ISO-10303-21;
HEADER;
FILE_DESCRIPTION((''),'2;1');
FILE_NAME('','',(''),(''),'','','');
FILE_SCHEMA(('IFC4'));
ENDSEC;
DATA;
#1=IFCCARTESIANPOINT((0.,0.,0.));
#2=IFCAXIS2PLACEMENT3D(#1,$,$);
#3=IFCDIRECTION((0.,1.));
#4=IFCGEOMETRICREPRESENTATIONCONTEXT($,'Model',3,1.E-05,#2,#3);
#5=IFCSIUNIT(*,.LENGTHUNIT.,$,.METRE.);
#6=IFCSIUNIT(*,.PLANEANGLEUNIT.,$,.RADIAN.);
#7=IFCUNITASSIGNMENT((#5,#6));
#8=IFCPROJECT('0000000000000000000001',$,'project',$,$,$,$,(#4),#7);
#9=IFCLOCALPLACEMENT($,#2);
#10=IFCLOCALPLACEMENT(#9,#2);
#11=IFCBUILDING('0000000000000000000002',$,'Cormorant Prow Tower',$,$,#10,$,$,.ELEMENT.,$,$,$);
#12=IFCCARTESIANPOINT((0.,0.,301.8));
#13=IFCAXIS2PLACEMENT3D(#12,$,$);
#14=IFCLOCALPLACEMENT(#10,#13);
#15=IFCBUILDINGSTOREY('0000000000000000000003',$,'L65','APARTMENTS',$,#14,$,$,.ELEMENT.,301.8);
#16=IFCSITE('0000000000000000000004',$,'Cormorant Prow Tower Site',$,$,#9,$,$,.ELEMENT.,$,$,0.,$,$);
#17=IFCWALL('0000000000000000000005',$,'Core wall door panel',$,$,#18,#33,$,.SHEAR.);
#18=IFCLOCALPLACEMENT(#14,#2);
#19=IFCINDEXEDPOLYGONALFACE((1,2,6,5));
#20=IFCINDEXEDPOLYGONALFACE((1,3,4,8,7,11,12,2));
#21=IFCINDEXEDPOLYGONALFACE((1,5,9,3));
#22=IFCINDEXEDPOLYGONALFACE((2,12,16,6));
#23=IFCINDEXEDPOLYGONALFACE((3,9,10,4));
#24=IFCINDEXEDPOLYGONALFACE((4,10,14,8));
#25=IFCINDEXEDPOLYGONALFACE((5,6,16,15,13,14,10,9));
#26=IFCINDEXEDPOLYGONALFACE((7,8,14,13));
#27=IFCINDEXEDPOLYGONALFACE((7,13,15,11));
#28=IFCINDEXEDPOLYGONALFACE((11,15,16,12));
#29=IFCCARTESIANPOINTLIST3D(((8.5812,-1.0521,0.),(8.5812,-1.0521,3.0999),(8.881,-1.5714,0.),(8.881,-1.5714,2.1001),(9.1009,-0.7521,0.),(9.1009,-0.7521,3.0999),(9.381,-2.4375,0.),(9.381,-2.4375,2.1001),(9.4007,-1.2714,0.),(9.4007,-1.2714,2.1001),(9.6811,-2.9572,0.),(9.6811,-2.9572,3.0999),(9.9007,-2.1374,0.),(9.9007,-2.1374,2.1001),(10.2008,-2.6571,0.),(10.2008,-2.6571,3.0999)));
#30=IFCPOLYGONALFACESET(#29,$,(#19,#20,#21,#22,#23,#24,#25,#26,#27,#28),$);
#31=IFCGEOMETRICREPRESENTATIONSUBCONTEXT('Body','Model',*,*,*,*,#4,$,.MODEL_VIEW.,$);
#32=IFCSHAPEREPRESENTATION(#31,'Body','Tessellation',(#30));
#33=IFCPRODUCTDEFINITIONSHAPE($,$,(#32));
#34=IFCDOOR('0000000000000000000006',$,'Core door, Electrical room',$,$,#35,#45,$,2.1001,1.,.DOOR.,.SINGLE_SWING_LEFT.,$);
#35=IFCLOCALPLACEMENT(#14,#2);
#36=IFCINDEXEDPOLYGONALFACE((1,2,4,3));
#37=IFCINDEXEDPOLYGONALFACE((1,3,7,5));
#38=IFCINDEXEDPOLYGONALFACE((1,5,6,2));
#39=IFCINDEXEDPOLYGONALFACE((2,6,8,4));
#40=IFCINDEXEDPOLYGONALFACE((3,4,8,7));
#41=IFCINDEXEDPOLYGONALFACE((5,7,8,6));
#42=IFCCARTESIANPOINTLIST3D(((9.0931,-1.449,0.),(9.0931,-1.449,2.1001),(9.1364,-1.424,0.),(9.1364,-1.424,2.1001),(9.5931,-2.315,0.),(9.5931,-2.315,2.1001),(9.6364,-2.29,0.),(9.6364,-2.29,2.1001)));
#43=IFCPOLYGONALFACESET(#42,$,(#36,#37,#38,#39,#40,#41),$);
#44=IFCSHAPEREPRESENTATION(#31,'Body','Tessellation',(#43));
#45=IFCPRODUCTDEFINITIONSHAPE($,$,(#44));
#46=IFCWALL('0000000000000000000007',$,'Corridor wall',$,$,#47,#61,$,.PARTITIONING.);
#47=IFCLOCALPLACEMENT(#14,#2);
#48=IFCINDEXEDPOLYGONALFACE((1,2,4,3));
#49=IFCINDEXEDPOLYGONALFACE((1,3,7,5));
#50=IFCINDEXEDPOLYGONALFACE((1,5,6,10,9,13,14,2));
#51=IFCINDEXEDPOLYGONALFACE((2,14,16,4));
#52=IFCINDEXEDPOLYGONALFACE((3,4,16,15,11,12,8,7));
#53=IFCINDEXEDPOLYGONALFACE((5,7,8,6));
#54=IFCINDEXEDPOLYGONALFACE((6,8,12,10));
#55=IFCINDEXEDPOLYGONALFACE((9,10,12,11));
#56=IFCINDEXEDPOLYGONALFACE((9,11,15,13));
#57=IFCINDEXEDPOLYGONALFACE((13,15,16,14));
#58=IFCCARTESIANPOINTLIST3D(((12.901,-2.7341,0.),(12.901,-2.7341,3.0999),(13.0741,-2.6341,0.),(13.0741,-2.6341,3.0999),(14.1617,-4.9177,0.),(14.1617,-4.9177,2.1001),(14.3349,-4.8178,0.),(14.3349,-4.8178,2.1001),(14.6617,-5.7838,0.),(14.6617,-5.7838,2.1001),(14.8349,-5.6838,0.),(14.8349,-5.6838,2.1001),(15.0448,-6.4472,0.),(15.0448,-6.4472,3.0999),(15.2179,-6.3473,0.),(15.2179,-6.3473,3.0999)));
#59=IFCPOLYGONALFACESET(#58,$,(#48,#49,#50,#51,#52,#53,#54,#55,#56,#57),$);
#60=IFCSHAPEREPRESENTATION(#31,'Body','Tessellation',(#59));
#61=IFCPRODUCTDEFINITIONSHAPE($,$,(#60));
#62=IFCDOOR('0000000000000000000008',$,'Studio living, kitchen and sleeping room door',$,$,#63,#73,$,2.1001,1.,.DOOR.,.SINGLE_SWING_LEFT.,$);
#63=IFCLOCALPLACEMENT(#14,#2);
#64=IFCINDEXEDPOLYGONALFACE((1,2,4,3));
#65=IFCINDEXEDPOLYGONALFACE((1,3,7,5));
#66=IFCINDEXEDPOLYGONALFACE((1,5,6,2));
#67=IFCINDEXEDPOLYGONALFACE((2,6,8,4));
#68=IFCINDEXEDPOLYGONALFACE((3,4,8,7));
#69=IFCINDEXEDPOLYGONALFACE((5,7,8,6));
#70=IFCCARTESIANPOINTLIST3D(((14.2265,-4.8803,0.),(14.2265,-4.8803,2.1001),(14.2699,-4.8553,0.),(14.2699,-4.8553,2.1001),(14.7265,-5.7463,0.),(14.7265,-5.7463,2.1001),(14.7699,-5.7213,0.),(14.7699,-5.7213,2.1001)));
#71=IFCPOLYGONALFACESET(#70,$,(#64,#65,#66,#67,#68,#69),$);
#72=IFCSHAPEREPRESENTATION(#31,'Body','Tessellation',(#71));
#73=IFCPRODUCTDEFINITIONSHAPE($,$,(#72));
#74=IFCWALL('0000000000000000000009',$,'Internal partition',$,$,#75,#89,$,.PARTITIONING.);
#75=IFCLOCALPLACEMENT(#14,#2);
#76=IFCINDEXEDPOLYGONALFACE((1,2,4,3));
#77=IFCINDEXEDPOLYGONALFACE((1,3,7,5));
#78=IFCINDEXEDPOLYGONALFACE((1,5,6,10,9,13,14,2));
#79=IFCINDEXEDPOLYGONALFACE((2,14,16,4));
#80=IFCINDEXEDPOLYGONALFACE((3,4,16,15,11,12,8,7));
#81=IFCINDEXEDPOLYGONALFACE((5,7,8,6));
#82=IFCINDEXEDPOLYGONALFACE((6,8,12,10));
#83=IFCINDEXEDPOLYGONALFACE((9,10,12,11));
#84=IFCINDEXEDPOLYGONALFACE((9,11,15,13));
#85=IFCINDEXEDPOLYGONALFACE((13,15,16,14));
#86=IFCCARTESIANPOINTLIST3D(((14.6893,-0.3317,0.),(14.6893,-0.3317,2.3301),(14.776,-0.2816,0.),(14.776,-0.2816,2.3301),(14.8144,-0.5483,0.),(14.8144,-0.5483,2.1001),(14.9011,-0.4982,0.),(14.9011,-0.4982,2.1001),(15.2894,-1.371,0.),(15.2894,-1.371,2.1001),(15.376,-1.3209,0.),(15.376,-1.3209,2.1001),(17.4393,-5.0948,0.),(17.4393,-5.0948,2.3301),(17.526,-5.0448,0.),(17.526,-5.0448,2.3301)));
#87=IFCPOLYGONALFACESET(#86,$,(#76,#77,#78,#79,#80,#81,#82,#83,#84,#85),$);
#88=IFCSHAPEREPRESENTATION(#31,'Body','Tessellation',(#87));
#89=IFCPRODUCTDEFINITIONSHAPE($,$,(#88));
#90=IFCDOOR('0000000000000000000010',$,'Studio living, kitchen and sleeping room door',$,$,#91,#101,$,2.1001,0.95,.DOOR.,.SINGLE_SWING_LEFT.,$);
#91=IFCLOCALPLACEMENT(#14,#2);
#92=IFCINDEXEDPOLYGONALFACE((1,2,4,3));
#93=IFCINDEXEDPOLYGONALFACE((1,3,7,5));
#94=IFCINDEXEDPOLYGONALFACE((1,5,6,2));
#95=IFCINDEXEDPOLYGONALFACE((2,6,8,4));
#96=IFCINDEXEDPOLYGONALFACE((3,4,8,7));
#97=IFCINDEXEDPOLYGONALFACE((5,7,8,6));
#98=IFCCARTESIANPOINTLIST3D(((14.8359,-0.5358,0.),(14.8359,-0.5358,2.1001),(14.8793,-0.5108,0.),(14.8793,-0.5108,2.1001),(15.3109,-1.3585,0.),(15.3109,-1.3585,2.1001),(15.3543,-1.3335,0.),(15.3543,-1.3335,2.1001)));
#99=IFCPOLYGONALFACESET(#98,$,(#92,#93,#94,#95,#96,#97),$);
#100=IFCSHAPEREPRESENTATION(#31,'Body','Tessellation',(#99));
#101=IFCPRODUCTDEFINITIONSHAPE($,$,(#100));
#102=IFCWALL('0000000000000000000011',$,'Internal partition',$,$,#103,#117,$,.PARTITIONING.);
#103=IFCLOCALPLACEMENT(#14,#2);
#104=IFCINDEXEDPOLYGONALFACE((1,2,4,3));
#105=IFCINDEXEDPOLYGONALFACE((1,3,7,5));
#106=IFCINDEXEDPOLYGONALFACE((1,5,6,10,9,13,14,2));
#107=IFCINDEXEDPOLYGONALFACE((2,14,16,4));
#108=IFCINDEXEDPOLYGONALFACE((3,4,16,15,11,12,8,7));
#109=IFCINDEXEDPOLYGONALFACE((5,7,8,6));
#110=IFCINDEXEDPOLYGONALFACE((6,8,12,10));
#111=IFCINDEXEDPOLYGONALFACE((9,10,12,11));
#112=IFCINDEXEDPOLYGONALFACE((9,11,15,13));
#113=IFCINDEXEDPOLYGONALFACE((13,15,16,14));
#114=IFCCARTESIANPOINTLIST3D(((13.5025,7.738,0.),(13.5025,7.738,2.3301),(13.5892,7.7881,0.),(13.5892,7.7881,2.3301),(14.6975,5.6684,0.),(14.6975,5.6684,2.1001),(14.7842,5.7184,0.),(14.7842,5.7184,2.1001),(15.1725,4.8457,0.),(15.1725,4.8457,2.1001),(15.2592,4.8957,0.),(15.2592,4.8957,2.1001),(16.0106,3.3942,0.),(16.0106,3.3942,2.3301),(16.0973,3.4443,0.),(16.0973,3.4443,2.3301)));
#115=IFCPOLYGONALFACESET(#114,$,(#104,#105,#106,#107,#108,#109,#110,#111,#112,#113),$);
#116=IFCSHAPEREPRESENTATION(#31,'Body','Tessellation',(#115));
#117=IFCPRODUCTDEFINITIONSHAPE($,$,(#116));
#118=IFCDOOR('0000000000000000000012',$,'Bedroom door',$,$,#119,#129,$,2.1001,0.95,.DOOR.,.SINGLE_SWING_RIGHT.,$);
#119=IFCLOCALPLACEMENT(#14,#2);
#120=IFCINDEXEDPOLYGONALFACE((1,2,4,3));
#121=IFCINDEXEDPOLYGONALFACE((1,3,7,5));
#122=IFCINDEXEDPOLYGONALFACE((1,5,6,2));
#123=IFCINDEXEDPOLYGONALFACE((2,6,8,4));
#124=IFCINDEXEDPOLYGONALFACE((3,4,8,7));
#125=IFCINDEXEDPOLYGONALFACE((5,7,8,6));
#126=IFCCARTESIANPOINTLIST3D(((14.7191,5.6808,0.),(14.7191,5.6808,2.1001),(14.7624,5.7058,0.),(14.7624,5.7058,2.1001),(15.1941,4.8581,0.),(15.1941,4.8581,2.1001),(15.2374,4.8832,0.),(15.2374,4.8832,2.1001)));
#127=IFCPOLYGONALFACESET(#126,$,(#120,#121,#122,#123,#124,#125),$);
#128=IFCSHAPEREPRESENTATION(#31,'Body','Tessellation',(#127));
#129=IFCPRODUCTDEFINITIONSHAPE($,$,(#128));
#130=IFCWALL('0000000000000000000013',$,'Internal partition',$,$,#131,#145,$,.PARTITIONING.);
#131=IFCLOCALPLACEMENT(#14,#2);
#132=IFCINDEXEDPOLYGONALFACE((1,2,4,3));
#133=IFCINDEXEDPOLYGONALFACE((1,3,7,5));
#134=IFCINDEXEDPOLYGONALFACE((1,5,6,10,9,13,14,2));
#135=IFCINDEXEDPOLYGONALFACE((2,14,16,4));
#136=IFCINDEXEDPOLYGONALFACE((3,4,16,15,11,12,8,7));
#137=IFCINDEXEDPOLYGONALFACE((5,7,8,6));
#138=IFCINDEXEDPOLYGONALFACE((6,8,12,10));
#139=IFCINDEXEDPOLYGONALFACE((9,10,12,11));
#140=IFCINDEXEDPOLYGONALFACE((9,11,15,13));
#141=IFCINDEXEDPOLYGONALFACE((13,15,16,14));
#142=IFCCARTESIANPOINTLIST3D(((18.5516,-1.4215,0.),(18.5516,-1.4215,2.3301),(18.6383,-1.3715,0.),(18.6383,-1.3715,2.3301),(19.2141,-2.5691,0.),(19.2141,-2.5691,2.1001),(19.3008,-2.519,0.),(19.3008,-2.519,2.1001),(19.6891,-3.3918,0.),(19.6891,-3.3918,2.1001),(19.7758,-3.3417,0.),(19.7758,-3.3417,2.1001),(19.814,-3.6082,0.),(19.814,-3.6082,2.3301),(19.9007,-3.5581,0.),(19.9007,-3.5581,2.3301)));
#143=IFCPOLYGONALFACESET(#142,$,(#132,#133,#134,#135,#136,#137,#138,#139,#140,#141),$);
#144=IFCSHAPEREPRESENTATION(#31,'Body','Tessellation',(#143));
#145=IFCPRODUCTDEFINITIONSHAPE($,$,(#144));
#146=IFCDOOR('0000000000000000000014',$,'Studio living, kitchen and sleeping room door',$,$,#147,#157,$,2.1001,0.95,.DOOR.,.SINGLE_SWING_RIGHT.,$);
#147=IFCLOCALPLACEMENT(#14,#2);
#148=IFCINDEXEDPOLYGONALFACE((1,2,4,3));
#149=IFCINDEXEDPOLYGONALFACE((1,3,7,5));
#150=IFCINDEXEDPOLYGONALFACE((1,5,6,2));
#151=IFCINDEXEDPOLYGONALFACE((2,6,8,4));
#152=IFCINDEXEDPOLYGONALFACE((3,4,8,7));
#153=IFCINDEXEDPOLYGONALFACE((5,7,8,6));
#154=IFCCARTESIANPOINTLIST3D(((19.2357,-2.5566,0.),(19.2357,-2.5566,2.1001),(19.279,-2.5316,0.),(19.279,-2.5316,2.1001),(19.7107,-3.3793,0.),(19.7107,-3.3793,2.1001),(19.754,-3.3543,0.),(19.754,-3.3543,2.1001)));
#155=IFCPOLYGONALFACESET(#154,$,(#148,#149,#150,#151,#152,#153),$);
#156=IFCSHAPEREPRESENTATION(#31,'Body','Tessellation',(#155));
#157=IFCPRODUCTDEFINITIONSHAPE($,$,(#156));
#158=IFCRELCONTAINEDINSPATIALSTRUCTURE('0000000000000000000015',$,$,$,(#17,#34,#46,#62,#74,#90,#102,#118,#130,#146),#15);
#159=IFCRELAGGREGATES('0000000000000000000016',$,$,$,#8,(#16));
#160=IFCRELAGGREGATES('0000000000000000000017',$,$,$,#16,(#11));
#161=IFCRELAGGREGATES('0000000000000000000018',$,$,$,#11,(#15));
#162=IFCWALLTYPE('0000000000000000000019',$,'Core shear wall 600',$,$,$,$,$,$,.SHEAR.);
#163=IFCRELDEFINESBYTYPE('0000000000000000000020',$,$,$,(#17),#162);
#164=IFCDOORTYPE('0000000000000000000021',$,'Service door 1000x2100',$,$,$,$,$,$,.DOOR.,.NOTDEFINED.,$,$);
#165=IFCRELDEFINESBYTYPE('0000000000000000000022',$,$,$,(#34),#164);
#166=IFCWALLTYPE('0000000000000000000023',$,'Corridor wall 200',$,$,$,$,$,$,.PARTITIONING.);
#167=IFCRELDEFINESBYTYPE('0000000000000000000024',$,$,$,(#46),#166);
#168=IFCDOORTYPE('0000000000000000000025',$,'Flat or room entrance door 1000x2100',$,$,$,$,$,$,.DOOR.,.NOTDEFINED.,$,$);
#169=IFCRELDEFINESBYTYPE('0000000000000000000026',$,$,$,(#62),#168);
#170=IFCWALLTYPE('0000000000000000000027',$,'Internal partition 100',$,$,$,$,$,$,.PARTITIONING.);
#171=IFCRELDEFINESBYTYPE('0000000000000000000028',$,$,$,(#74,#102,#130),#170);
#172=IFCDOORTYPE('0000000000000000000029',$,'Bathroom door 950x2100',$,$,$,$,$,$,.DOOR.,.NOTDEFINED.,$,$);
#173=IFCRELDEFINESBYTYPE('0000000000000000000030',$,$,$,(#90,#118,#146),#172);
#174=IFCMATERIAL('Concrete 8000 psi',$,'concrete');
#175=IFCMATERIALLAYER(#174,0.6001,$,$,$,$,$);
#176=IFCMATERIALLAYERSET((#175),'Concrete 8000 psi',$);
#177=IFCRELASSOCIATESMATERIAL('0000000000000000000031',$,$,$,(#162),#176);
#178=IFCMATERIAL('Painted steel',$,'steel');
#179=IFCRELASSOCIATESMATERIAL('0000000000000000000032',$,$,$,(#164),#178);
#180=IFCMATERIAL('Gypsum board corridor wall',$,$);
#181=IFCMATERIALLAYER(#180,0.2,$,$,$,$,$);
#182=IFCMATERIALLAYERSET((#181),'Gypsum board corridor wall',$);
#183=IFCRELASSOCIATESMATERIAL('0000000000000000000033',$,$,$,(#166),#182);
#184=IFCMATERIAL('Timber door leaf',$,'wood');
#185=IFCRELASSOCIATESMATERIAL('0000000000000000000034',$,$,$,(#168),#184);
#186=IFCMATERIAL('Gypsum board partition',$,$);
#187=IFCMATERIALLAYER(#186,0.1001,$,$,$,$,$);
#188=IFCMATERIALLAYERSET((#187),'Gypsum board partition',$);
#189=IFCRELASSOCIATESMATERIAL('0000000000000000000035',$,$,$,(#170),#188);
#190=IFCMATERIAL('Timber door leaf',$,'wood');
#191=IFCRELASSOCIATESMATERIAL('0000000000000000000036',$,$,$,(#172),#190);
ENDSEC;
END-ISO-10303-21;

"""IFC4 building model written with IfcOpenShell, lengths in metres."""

from ifc_helpers import new_model, si_unit, direction, frame, frame_2d, origin, place, context, subcontext, project, spatial, rectangle, extrude, material, layer, layer_set, type_object, element, fill, save


model = new_model("IFC4")

# Units and contexts
model_context = context("Model", 3, precision=1e-05, world=origin(), true_north=direction((0.0, 1.0)))
body_context = subcontext(model_context, "Body", "Model", "MODEL_VIEW")
ifc_project = project(units=[si_unit("LENGTHUNIT", "METRE"), si_unit("PLANEANGLEUNIT", "RADIAN")], contexts=[model_context])

# Site, building, storey
site_placement = place(None, origin())
site = spatial("IfcSite", under=ifc_project, at=site_placement, Name="Cormorant Prow Tower Site", CompositionType="ELEMENT", RefElevation=0.0)
building_placement = place(site_placement, origin())
building = spatial("IfcBuilding", under=site, at=building_placement, Name="Cormorant Prow Tower", CompositionType="ELEMENT")
storey_placement = place(building_placement, frame((0.0, 0.0, 301.8)))
storey = spatial("IfcBuildingStorey", under=building, at=storey_placement, Name="L65", Description="APARTMENTS", CompositionType="ELEMENT", Elevation=301.8)

# Walls, openings, doors
ifc_material_1 = material(Name="Concrete 8000 psi", Category="concrete")
ifc_layer_1 = layer(ifc_material_1, 0.6001)
ifc_layer_set_1 = layer_set([ifc_layer_1], Name="Concrete 8000 psi")
wall_type_1 = type_object("IfcWallType", Name="Core shear wall 600", PredefinedType="SHEAR", material=ifc_layer_set_1)
wall_1_placement = place(storey_placement, frame((9.9409, -2.8071, 0.0), z_axis=(0.0, 0.0, 1.0), x_axis=(-0.499995, 0.866028, 0.0)))
wall_1 = element("IfcWall", 1, at=wall_1_placement, inside=storey, type_object=wall_type_1, Name="Core wall door panel", PredefinedType="SHEAR", context=body_context, shape_type="SweptSolid", body=[
    extrude(rectangle(XDim=2.1997, YDim=0.6001, at=frame_2d((1.0999, 0.0))), origin(), (0.0, 0.0, 1.0), 3.0999),
])
opening_1_placement = place(wall_1_placement, frame((0.6001, 0.0, 0.0)))
opening_1 = element("IfcOpeningElement", 2, at=opening_1_placement, cuts=wall_1, PredefinedType="OPENING", context=body_context, shape_type="SweptSolid", body=[
    extrude(rectangle(XDim=1.0, YDim=2.1001, at=frame_2d((0.5, 1.05))), frame((0.0, 0.3101, 0.0), z_axis=(0.0, -1.0, 0.0), x_axis=(1.0, 0.0, 0.0)), (0.0, 0.0, 1.0), 0.6201),
])
ifc_material_2 = material(Name="Painted steel", Category="steel")
door_type_1 = type_object("IfcDoorType", Name="Service door 1000x2100", OperationType="NOTDEFINED", PredefinedType="DOOR", material=ifc_material_2)
door_1_placement = place(opening_1_placement, origin())
door_1 = element("IfcDoor", 3, at=door_1_placement, inside=storey, type_object=door_type_1, Name="Core door, Electrical room", OperationType="SINGLE_SWING_LEFT", OverallHeight=2.1001, OverallWidth=1.0, PredefinedType="DOOR", context=body_context, shape_type="SweptSolid", body=[
    extrude(rectangle(XDim=1.0, YDim=2.1001, at=frame_2d((0.5, 1.05))), frame((0.0, 0.0552, 0.0), z_axis=(0.0, -1.0, 0.0), x_axis=(1.0, 0.0, 0.0)), (0.0, 0.0, 1.0), 0.05),
])
fill(opening_1, door_1)
ifc_material_3 = material(Name="Gypsum board corridor wall")
ifc_layer_2 = layer(ifc_material_3, 0.2)
ifc_layer_set_2 = layer_set([ifc_layer_2], Name="Gypsum board corridor wall")
wall_type_2 = type_object("IfcWallType", Name="Corridor wall 200", PredefinedType="PARTITIONING", material=ifc_layer_set_2)
wall_2_placement = place(storey_placement, frame((12.9875, -2.6841, 0.0), z_axis=(0.0, 0.0, 1.0), x_axis=(0.500003, -0.866023, 0.0)))
wall_2 = element("IfcWall", 4, at=wall_2_placement, inside=storey, type_object=wall_type_2, Name="Corridor wall", PredefinedType="PARTITIONING", context=body_context, shape_type="SweptSolid", body=[
    extrude(rectangle(XDim=4.2876, YDim=0.2, at=frame_2d((2.1438, 0.0))), origin(), (0.0, 0.0, 1.0), 3.0999),
])
opening_2_placement = place(wall_2_placement, frame((2.5215, 0.0, 0.0)))
opening_2 = element("IfcOpeningElement", 5, at=opening_2_placement, cuts=wall_2, PredefinedType="OPENING", context=body_context, shape_type="SweptSolid", body=[
    extrude(rectangle(XDim=1.0, YDim=2.1001, at=frame_2d((0.5, 1.05))), frame((0.0, 0.1099, 0.0), z_axis=(0.0, -1.0, 0.0), x_axis=(1.0, 0.0, 0.0)), (0.0, 0.0, 1.0), 0.22),
])
ifc_material_4 = material(Name="Timber door leaf", Category="wood")
door_type_2 = type_object("IfcDoorType", Name="Flat or room entrance door 1000x2100", OperationType="NOTDEFINED", PredefinedType="DOOR", material=ifc_material_4)
door_2_placement = place(opening_2_placement, origin())
door_2 = element("IfcDoor", 6, at=door_2_placement, inside=storey, type_object=door_type_2, Name="Studio living, kitchen and sleeping room door", OperationType="SINGLE_SWING_LEFT", OverallHeight=2.1001, OverallWidth=1.0, PredefinedType="DOOR", context=body_context, shape_type="SweptSolid", body=[
    extrude(rectangle(XDim=1.0, YDim=2.1001, at=frame_2d((0.5, 1.05))), frame((0.0, 0.0249, 0.0), z_axis=(0.0, -1.0, 0.0), x_axis=(1.0, 0.0, 0.0)), (0.0, 0.0, 1.0), 0.05),
])
fill(opening_2, door_2)
ifc_material_5 = material(Name="Gypsum board partition")
ifc_layer_3 = layer(ifc_material_5, 0.1001)
ifc_layer_set_3 = layer_set([ifc_layer_3], Name="Gypsum board partition")
wall_type_3 = type_object("IfcWallType", Name="Internal partition 100", PredefinedType="PARTITIONING", material=ifc_layer_set_3)
wall_3_placement = place(storey_placement, frame((14.7327, -0.3066, 0.0), z_axis=(0.0, 0.0, 1.0), x_axis=(0.499997, -0.866027, 0.0)))
wall_3 = element("IfcWall", 7, at=wall_3_placement, inside=storey, type_object=wall_type_3, Name="Internal partition", PredefinedType="PARTITIONING", context=body_context, shape_type="SweptSolid", body=[
    extrude(rectangle(XDim=5.5, YDim=0.1001, at=frame_2d((2.75, 0.0))), origin(), (0.0, 0.0, 1.0), 2.3301),
])
opening_3_placement = place(wall_3_placement, frame((0.25, 0.0, 0.0)))
opening_3 = element("IfcOpeningElement", 8, at=opening_3_placement, cuts=wall_3, PredefinedType="OPENING", context=body_context, shape_type="SweptSolid", body=[
    extrude(rectangle(XDim=0.95, YDim=2.1001, at=frame_2d((0.4751, 1.05))), frame((0.0, 0.0601, 0.0), z_axis=(0.0, -1.0, 0.0), x_axis=(1.0, 0.0, 0.0)), (0.0, 0.0, 1.0), 0.1201),
])
ifc_material_6 = material(Name="Timber door leaf", Category="wood")
door_type_3 = type_object("IfcDoorType", Name="Bathroom door 950x2100", OperationType="NOTDEFINED", PredefinedType="DOOR", material=ifc_material_6)
door_3_placement = place(opening_3_placement, origin())
door_3 = element("IfcDoor", 9, at=door_3_placement, inside=storey, type_object=door_type_3, Name="Studio living, kitchen and sleeping room door", OperationType="SINGLE_SWING_LEFT", OverallHeight=2.1001, OverallWidth=0.95, PredefinedType="DOOR", context=body_context, shape_type="SweptSolid", body=[
    extrude(rectangle(XDim=0.95, YDim=2.1001, at=frame_2d((0.4751, 1.05))), frame((0.0, 0.0249, 0.0), z_axis=(0.0, -1.0, 0.0), x_axis=(1.0, 0.0, 0.0)), (0.0, 0.0, 1.0), 0.05),
])
fill(opening_3, door_3)
wall_4_placement = place(storey_placement, frame((13.5459, 7.7629, 0.0), z_axis=(0.0, 0.0, 1.0), x_axis=(0.500029, -0.866009, 0.0)))
wall_4 = element("IfcWall", 10, at=wall_4_placement, inside=storey, type_object=wall_type_3, Name="Internal partition", PredefinedType="PARTITIONING", context=body_context, shape_type="SweptSolid", body=[
    extrude(rectangle(XDim=5.0159, YDim=0.1001, at=frame_2d((2.5078, 0.0))), origin(), (0.0, 0.0, 1.0), 2.3301),
])
opening_4_placement = place(wall_4_placement, frame((2.3896, 0.0, 0.0)))
opening_4 = element("IfcOpeningElement", 11, at=opening_4_placement, cuts=wall_4, PredefinedType="OPENING", context=body_context, shape_type="SweptSolid", body=[
    extrude(rectangle(XDim=0.95, YDim=2.1001, at=frame_2d((0.4751, 1.05))), frame((0.0, 0.0601, 0.0), z_axis=(0.0, -1.0, 0.0), x_axis=(1.0, 0.0, 0.0)), (0.0, 0.0, 1.0), 0.1201),
])
door_4_placement = place(opening_4_placement, origin())
door_4 = element("IfcDoor", 12, at=door_4_placement, inside=storey, type_object=door_type_3, Name="Bedroom door", OperationType="SINGLE_SWING_RIGHT", OverallHeight=2.1001, OverallWidth=0.95, PredefinedType="DOOR", context=body_context, shape_type="SweptSolid", body=[
    extrude(rectangle(XDim=0.95, YDim=2.1001, at=frame_2d((0.4751, 1.05))), frame((0.0, 0.0249, 0.0), z_axis=(0.0, -1.0, 0.0), x_axis=(1.0, 0.0, 0.0)), (0.0, 0.0, 1.0), 0.05),
])
fill(opening_4, door_4)
wall_5_placement = place(storey_placement, frame((18.595, -1.3965, 0.0), z_axis=(0.0, 0.0, 1.0), x_axis=(0.499976, -0.866039, 0.0)))
wall_5 = element("IfcWall", 13, at=wall_5_placement, inside=storey, type_object=wall_type_3, Name="Internal partition", PredefinedType="PARTITIONING", context=body_context, shape_type="SweptSolid", body=[
    extrude(rectangle(XDim=2.5249, YDim=0.1001, at=frame_2d((1.2625, 0.0))), origin(), (0.0, 0.0, 1.0), 2.3301),
])
opening_5_placement = place(wall_5_placement, frame((1.325, 0.0, 0.0)))
opening_5 = element("IfcOpeningElement", 14, at=opening_5_placement, cuts=wall_5, PredefinedType="OPENING", context=body_context, shape_type="SweptSolid", body=[
    extrude(rectangle(XDim=0.95, YDim=2.1001, at=frame_2d((0.4751, 1.05))), frame((0.0, 0.0601, 0.0), z_axis=(0.0, -1.0, 0.0), x_axis=(1.0, 0.0, 0.0)), (0.0, 0.0, 1.0), 0.1201),
])
door_5_placement = place(opening_5_placement, origin())
door_5 = element("IfcDoor", 15, at=door_5_placement, inside=storey, type_object=door_type_3, Name="Studio living, kitchen and sleeping room door", OperationType="SINGLE_SWING_RIGHT", OverallHeight=2.1001, OverallWidth=0.95, PredefinedType="DOOR", context=body_context, shape_type="SweptSolid", body=[
    extrude(rectangle(XDim=0.95, YDim=2.1001, at=frame_2d((0.4751, 1.05))), frame((0.0, 0.0249, 0.0), z_axis=(0.0, -1.0, 0.0), x_axis=(1.0, 0.0, 0.0)), (0.0, 0.0, 1.0), 0.05),
])
fill(opening_5, door_5)

save(model, "model.ifc")
